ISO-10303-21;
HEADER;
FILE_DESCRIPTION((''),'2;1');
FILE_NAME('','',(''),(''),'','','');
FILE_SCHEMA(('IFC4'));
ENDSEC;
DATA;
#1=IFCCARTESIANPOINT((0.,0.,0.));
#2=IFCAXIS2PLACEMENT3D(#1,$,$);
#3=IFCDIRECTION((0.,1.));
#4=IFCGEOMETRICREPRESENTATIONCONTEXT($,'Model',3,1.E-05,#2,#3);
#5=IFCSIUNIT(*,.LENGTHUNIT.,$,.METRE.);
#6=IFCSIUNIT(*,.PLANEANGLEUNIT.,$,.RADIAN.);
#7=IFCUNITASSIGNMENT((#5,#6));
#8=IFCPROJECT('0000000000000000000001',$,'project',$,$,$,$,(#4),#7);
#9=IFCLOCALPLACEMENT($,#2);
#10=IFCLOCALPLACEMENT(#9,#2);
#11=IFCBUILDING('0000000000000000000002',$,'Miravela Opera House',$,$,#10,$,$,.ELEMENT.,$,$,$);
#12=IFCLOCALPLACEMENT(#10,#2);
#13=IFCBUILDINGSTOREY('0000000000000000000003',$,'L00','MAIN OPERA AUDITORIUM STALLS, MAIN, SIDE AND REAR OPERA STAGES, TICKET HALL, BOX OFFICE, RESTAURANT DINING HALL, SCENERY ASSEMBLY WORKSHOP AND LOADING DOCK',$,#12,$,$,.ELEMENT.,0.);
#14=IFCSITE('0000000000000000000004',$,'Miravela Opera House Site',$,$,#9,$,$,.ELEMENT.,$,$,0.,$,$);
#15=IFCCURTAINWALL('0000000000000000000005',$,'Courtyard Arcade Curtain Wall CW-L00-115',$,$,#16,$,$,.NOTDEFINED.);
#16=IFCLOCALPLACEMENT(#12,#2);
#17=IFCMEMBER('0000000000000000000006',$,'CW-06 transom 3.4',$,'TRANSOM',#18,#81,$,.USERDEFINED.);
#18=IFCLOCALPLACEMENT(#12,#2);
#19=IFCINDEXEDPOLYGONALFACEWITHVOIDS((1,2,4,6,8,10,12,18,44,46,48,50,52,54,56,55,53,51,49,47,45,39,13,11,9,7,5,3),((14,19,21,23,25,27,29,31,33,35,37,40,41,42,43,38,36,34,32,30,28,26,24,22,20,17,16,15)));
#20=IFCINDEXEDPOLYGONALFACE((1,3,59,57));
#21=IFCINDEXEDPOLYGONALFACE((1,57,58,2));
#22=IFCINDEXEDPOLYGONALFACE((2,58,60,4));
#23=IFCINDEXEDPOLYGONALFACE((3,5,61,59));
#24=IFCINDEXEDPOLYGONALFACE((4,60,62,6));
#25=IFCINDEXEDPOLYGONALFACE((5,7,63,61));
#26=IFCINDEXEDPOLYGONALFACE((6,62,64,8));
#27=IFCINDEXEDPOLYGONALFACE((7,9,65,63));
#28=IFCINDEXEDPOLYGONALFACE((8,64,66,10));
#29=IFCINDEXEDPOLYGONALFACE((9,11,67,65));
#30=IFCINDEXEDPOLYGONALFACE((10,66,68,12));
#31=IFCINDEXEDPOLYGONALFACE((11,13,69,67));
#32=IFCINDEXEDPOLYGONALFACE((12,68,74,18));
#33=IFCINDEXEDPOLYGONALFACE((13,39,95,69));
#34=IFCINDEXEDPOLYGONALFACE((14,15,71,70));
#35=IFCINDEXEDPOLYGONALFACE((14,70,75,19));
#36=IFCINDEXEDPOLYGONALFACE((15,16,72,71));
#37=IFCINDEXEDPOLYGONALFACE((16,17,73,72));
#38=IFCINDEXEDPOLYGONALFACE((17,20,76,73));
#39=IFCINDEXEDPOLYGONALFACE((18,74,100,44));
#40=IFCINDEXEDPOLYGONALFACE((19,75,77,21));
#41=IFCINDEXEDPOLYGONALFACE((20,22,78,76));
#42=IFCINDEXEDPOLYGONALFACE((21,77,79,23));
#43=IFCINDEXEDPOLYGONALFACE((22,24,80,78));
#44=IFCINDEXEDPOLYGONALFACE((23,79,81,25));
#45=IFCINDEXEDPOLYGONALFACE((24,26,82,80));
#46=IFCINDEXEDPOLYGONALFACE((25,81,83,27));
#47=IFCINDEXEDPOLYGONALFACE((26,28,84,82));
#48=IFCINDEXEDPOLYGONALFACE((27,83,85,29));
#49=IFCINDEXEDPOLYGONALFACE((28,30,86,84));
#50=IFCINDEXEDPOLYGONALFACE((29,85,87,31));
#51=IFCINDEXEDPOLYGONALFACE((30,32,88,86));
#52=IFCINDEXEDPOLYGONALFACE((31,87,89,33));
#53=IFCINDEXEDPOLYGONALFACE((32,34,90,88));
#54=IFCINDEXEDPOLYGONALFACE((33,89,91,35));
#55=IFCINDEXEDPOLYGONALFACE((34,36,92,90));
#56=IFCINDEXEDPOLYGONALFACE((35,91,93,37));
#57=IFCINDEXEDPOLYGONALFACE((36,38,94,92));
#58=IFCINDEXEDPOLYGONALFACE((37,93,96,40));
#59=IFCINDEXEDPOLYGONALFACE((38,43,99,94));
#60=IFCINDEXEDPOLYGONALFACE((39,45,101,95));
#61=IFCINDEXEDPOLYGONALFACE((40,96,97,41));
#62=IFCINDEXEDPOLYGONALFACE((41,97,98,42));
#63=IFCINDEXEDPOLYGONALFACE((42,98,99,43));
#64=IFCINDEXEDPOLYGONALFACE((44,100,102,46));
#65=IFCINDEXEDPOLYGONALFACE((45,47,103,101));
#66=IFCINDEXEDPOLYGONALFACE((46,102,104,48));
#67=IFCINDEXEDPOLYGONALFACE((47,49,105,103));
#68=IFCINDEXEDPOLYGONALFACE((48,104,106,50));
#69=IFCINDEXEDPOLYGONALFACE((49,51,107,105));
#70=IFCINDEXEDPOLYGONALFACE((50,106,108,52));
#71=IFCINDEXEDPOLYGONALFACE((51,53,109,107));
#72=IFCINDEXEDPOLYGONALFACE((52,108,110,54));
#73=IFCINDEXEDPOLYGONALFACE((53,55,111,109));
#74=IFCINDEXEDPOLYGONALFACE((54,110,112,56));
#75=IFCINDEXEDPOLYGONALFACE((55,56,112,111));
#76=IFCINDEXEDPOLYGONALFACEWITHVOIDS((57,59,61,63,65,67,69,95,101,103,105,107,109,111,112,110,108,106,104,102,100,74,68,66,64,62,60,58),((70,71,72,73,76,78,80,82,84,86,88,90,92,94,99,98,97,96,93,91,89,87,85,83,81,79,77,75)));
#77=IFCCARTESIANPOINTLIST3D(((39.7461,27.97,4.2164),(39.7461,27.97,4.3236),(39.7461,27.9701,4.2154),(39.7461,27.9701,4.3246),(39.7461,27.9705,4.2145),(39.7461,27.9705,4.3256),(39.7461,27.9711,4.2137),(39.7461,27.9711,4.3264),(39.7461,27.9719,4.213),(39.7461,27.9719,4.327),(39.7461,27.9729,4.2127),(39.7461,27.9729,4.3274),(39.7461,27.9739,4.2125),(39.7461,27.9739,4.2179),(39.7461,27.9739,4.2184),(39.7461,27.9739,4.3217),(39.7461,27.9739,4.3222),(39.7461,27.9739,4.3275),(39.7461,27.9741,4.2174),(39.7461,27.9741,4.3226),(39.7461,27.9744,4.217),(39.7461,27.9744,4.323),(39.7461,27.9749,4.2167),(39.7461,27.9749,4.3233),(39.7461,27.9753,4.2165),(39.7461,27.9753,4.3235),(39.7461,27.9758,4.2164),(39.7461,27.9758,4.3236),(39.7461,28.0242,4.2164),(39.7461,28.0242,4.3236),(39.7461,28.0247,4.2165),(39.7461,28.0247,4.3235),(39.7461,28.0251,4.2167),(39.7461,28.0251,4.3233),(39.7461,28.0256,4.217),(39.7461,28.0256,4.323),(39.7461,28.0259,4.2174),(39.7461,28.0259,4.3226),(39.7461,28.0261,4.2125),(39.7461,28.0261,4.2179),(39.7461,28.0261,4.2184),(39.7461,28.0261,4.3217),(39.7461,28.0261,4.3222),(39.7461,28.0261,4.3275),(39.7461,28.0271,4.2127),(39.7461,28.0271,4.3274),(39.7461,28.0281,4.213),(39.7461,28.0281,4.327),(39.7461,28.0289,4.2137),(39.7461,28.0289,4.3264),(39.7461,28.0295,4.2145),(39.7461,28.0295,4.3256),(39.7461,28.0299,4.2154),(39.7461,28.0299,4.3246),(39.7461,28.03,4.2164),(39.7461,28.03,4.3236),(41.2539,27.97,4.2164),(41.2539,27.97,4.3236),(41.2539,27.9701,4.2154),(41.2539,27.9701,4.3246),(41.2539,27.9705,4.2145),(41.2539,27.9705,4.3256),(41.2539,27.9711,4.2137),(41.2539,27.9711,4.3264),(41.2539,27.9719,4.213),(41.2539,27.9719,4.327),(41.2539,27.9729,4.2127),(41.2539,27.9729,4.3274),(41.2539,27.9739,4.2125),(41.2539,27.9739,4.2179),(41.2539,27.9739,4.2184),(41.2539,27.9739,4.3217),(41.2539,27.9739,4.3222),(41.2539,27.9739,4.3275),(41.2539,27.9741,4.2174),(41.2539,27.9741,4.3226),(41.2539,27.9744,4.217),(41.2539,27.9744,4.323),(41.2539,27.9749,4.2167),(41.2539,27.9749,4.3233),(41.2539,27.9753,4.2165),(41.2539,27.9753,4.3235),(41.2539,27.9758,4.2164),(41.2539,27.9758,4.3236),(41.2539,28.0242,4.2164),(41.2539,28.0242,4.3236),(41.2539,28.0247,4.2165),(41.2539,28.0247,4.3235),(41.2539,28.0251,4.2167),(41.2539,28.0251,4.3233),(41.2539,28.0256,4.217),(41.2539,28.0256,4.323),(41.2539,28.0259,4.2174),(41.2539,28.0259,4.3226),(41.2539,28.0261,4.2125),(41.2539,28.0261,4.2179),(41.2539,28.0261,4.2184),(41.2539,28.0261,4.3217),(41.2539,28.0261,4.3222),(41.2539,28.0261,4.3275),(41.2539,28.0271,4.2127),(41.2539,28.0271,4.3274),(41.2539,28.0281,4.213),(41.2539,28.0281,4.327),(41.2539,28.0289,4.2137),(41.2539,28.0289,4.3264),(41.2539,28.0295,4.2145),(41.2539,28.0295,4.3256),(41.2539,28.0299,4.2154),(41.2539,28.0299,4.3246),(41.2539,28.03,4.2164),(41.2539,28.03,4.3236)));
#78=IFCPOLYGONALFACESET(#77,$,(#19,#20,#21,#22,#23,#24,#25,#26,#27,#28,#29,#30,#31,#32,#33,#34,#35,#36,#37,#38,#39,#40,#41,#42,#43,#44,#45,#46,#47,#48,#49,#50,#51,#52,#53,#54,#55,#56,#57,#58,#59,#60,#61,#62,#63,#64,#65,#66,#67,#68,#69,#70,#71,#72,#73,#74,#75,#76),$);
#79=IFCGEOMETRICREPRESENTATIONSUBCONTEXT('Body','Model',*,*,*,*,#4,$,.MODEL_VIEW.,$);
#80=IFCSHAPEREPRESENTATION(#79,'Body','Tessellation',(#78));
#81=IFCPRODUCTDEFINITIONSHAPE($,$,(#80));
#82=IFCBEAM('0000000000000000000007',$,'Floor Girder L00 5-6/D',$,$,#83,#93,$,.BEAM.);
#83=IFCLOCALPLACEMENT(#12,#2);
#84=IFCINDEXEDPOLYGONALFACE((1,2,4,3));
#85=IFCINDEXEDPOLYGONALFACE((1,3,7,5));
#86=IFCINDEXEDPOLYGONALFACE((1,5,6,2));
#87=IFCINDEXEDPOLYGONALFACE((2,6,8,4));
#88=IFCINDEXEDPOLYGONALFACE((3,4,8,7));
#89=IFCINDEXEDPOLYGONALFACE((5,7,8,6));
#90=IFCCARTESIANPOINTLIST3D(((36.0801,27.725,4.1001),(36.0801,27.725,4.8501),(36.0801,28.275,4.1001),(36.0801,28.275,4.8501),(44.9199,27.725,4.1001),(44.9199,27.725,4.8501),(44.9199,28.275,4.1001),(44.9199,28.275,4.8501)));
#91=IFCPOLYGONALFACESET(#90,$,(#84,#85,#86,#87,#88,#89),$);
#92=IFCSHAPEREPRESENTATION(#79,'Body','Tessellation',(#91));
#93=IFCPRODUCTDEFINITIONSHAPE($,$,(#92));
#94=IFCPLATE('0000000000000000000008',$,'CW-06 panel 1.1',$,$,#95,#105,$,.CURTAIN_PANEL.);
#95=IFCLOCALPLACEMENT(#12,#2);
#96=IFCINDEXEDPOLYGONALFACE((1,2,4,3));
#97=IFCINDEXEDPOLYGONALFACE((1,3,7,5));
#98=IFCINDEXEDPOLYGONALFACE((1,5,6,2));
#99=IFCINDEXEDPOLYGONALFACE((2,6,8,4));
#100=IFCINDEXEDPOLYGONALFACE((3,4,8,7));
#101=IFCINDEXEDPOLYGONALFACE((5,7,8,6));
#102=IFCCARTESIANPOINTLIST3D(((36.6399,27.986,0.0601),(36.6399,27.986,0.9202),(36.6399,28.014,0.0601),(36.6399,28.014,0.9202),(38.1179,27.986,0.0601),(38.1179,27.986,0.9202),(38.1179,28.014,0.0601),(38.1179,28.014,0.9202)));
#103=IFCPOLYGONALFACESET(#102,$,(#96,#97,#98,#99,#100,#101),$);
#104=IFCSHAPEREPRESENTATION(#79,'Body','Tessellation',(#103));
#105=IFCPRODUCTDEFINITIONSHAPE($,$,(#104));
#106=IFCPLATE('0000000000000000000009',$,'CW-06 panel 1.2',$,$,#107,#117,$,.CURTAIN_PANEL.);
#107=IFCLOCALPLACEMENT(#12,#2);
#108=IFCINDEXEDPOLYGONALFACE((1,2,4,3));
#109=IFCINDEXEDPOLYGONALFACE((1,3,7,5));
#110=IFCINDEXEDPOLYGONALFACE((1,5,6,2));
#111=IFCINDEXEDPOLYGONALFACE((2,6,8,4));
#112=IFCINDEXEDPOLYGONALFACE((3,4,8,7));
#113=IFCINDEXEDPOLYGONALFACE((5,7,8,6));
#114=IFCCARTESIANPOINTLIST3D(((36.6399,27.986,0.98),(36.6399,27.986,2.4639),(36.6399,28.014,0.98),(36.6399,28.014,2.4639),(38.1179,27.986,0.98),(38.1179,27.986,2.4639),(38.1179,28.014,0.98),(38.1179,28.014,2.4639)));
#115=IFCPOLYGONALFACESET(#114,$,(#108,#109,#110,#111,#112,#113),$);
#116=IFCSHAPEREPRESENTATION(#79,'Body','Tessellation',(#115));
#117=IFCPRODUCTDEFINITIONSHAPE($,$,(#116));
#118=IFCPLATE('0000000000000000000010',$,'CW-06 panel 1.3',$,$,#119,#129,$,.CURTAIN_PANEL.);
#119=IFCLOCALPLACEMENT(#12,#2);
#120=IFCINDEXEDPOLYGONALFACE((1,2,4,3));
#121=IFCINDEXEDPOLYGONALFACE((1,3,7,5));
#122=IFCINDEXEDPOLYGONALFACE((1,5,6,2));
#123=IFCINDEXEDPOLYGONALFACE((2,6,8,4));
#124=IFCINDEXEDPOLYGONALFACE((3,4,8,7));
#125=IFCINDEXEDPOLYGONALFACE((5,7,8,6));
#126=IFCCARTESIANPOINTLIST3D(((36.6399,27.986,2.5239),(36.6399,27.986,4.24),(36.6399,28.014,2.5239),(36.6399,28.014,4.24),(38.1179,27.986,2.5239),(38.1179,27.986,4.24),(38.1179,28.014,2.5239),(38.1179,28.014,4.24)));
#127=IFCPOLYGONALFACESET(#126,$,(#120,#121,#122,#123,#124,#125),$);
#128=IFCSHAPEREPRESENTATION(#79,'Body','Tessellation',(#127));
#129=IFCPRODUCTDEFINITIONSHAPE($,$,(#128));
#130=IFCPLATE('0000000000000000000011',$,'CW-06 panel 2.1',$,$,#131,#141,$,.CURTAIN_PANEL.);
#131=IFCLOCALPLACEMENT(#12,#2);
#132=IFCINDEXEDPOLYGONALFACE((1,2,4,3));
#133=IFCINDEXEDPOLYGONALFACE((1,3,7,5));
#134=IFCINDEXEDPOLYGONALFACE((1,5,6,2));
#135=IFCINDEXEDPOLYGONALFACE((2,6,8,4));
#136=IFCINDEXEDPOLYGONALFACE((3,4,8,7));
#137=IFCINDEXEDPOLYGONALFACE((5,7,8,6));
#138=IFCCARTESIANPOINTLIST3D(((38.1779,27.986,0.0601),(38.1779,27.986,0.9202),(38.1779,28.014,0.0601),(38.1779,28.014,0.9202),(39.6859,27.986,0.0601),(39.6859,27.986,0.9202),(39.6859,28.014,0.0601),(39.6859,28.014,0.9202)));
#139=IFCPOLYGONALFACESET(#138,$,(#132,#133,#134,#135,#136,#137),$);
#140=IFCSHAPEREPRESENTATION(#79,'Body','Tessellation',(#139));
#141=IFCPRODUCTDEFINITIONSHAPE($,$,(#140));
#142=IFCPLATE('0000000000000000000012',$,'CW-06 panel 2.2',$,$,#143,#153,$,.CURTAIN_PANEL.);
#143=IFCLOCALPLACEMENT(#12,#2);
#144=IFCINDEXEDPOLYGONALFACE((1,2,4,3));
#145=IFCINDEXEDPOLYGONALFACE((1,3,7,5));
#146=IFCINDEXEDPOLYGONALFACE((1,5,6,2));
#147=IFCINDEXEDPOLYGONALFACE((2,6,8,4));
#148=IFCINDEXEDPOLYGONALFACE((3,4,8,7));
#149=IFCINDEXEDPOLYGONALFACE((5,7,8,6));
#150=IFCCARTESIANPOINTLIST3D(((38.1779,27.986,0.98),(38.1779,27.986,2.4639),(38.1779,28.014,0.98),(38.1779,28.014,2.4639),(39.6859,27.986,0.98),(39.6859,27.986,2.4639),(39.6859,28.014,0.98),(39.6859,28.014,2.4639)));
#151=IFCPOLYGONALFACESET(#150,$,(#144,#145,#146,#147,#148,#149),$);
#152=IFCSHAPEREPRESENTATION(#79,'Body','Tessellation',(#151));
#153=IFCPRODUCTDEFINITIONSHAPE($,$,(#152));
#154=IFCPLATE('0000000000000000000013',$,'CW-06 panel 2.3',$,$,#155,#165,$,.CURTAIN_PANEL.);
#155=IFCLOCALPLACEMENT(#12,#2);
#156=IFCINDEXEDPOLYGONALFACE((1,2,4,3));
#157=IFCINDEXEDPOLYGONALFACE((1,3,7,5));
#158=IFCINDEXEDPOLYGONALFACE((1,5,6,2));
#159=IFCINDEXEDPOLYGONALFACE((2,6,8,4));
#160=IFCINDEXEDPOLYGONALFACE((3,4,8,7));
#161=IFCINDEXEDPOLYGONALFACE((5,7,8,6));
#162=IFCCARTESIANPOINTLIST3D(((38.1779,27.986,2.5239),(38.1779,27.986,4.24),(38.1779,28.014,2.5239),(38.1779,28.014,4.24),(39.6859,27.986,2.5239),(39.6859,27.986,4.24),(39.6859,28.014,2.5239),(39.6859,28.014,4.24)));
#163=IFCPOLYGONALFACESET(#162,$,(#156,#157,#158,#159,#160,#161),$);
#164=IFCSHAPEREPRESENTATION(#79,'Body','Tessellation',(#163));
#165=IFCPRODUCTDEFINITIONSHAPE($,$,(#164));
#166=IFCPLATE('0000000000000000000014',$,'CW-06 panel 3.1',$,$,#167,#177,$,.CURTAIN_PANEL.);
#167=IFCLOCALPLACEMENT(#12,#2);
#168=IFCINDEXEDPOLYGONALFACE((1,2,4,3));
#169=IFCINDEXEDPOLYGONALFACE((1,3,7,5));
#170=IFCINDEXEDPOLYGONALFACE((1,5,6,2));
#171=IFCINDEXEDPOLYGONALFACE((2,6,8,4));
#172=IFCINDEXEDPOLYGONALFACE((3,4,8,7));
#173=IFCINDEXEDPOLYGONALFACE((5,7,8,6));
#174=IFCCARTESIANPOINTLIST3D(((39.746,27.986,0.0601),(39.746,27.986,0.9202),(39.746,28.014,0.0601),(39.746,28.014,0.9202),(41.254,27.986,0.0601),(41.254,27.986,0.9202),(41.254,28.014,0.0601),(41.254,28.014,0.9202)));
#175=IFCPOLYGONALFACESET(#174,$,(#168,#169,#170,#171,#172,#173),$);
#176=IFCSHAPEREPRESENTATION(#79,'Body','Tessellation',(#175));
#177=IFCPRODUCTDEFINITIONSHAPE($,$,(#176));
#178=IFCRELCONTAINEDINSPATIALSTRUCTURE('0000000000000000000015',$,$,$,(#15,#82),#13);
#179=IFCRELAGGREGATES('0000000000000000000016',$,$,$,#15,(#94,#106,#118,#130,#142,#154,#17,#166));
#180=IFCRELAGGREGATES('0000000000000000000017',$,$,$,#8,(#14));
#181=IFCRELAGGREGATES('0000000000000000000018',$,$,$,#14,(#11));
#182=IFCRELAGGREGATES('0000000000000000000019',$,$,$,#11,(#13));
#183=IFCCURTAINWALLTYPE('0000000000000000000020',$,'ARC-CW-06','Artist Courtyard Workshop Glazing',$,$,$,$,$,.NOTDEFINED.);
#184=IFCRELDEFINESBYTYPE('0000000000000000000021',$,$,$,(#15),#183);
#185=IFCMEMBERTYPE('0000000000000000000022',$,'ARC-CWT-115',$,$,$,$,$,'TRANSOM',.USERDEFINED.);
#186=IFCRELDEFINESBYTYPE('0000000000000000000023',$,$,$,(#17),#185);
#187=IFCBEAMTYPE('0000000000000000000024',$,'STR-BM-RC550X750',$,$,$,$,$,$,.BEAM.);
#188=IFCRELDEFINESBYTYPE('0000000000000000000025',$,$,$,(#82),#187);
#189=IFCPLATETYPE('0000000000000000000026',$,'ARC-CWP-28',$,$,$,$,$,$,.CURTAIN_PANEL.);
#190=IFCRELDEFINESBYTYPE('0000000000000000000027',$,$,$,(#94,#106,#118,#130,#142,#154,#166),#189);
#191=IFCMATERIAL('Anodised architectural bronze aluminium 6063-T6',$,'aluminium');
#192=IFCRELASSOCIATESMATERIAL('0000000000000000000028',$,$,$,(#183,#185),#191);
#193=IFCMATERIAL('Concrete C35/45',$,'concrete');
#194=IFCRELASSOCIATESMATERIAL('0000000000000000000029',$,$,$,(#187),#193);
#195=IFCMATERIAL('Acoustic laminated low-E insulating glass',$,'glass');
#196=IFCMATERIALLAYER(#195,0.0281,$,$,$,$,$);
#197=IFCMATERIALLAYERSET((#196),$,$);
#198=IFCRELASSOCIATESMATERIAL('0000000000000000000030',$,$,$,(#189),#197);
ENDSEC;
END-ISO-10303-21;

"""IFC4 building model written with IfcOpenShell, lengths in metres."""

from ifc_helpers import new_model, si_unit, direction, frame, origin, origin_2d, place, context, subcontext, project, spatial, rectangle, hollow_rectangle, extrude, material, layer, layer_set, material_profile, profile_set, type_object, element, aggregate, save


model = new_model("IFC4")

# Units and contexts
model_context = context("Model", 3, precision=1e-05, world=origin(), true_north=direction((0.0, 1.0)))
body_context = subcontext(model_context, "Body", "Model", "MODEL_VIEW")
ifc_project = project(units=[si_unit("LENGTHUNIT", "METRE"), si_unit("PLANEANGLEUNIT", "RADIAN")], contexts=[model_context])

# Site, building, storey
site_placement = place(None, origin())
site = spatial("IfcSite", under=ifc_project, at=site_placement, Name="Miravela Opera House Site", CompositionType="ELEMENT", RefElevation=0.0)
building_placement = place(site_placement, origin())
building = spatial("IfcBuilding", under=site, at=building_placement, Name="Miravela Opera House", CompositionType="ELEMENT")
storey_placement = place(building_placement, origin())
storey = spatial("IfcBuildingStorey", under=building, at=storey_placement, Name="L00", Description="MAIN OPERA AUDITORIUM STALLS, MAIN, SIDE AND REAR OPERA STAGES, TICKET HALL, BOX OFFICE, RESTAURANT DINING HALL, SCENERY ASSEMBLY WORKSHOP AND LOADING DOCK", CompositionType="ELEMENT", Elevation=0.0)

# Curtain wall, member
ifc_material_1 = material(Name="Anodised architectural bronze aluminium 6063-T6", Category="aluminium")
curtain_wall_type = type_object("IfcCurtainWallType", Name="ARC-CW-06", Description="Artist Courtyard Workshop Glazing", PredefinedType="NOTDEFINED", material=ifc_material_1)
curtain_wall_placement = place(storey_placement, origin())
curtain_wall = element("IfcCurtainWall", 1, at=curtain_wall_placement, inside=storey, type_object=curtain_wall_type, Name="Courtyard Arcade Curtain Wall CW-L00-115", PredefinedType="NOTDEFINED")
ifc_material_profile_1 = material_profile(ifc_material_1, hollow_rectangle(XDim=0.0601, YDim=0.115, WallThickness=0.0039, InnerFilletRadius=0.002, OuterFilletRadius=0.0039, at=origin_2d()), Name="CWT-60X115")
ifc_profile_set_1 = profile_set([ifc_material_profile_1])
member_type_1 = type_object("IfcMemberType", Name="ARC-CWT-115", ElementType="TRANSOM", PredefinedType="USERDEFINED", material=ifc_profile_set_1)
member_1_placement = place(storey_placement, frame((39.7461, 28.0, 4.27), z_axis=(1.0, 0.0, 0.0), x_axis=(0.0, 1.0, 0.0)))
member_1 = element("IfcMember", 2, at=member_1_placement, type_object=member_type_1, Name="CW-06 transom 3.4", ObjectType="TRANSOM", PredefinedType="USERDEFINED", context=body_context, shape_type="SweptSolid", body=[
    extrude(hollow_rectangle(XDim=0.0601, YDim=0.115, WallThickness=0.0039, InnerFilletRadius=0.002, OuterFilletRadius=0.0039, at=origin_2d()), origin(), (0.0, 0.0, 1.0), 1.5078),
])

# Beam
ifc_material_2 = material(Name="Concrete C35/45", Category="concrete")
ifc_material_profile_2 = material_profile(ifc_material_2, rectangle(XDim=0.55, YDim=0.75, at=origin_2d()), Name="RC-BM-550X750")
ifc_profile_set_2 = profile_set([ifc_material_profile_2])
beam_type = type_object("IfcBeamType", Name="STR-BM-RC550X750", PredefinedType="BEAM", material=ifc_profile_set_2)
beam_placement = place(storey_placement, frame((36.0801, 28.0, 4.4751), z_axis=(1.0, 0.0, 0.0), x_axis=(0.0, 1.0, 0.0)))
element("IfcBeam", 3, at=beam_placement, inside=storey, type_object=beam_type, Name="Floor Girder L00 5-6/D", PredefinedType="BEAM", context=body_context, shape_type="SweptSolid", body=[
    extrude(rectangle(XDim=0.55, YDim=0.75, at=origin_2d()), origin(), (0.0, 0.0, 1.0), 8.8398),
])

# Plates
ifc_material_3 = material(Name="Acoustic laminated low-E insulating glass", Category="glass")
ifc_layer = layer(ifc_material_3, 0.0281)
ifc_layer_set = layer_set([ifc_layer])
plate_type = type_object("IfcPlateType", Name="ARC-CWP-28", PredefinedType="CURTAIN_PANEL", material=ifc_layer_set)
plate_1_placement = place(storey_placement, frame((37.3789, 28.0, 0.0601), z_axis=(0.0, 0.0, 1.0), x_axis=(1.0, 0.0, 0.0)))
plate_1 = element("IfcPlate", 4, at=plate_1_placement, type_object=plate_type, Name="CW-06 panel 1.1", PredefinedType="CURTAIN_PANEL", context=body_context, shape_type="SweptSolid", body=[
    extrude(rectangle(XDim=1.478, YDim=0.0281, at=origin_2d()), origin(), (0.0, 0.0, 1.0), 0.8601),
])
plate_2_placement = place(storey_placement, frame((37.3789, 28.0, 0.98), z_axis=(0.0, 0.0, 1.0), x_axis=(1.0, 0.0, 0.0)))
plate_2 = element("IfcPlate", 5, at=plate_2_placement, type_object=plate_type, Name="CW-06 panel 1.2", PredefinedType="CURTAIN_PANEL", context=body_context, shape_type="SweptSolid", body=[
    extrude(rectangle(XDim=1.478, YDim=0.0281, at=origin_2d()), origin(), (0.0, 0.0, 1.0), 1.4839),
])
plate_3_placement = place(storey_placement, frame((37.3789, 28.0, 2.5239), z_axis=(0.0, 0.0, 1.0), x_axis=(1.0, 0.0, 0.0)))
plate_3 = element("IfcPlate", 6, at=plate_3_placement, type_object=plate_type, Name="CW-06 panel 1.3", PredefinedType="CURTAIN_PANEL", context=body_context, shape_type="SweptSolid", body=[
    extrude(rectangle(XDim=1.478, YDim=0.0281, at=origin_2d()), origin(), (0.0, 0.0, 1.0), 1.7161),
])
plate_4_placement = place(storey_placement, frame((38.9319, 28.0, 0.0601), z_axis=(0.0, 0.0, 1.0), x_axis=(1.0, 0.0, 0.0)))
plate_4 = element("IfcPlate", 7, at=plate_4_placement, type_object=plate_type, Name="CW-06 panel 2.1", PredefinedType="CURTAIN_PANEL", context=body_context, shape_type="SweptSolid", body=[
    extrude(rectangle(XDim=1.5081, YDim=0.0281, at=origin_2d()), origin(), (0.0, 0.0, 1.0), 0.8601),
])
plate_5_placement = place(storey_placement, frame((38.9319, 28.0, 0.98), z_axis=(0.0, 0.0, 1.0), x_axis=(1.0, 0.0, 0.0)))
plate_5 = element("IfcPlate", 8, at=plate_5_placement, type_object=plate_type, Name="CW-06 panel 2.2", PredefinedType="CURTAIN_PANEL", context=body_context, shape_type="SweptSolid", body=[
    extrude(rectangle(XDim=1.5081, YDim=0.0281, at=origin_2d()), origin(), (0.0, 0.0, 1.0), 1.4839),
])
plate_6_placement = place(storey_placement, frame((38.9319, 28.0, 2.5239), z_axis=(0.0, 0.0, 1.0), x_axis=(1.0, 0.0, 0.0)))
plate_6 = element("IfcPlate", 9, at=plate_6_placement, type_object=plate_type, Name="CW-06 panel 2.3", PredefinedType="CURTAIN_PANEL", context=body_context, shape_type="SweptSolid", body=[
    extrude(rectangle(XDim=1.5081, YDim=0.0281, at=origin_2d()), origin(), (0.0, 0.0, 1.0), 1.7161),
])
plate_7_placement = place(storey_placement, frame((40.5, 28.0, 0.0601), z_axis=(0.0, 0.0, 1.0), x_axis=(1.0, 0.0, 0.0)))
plate_7 = element("IfcPlate", 10, at=plate_7_placement, type_object=plate_type, Name="CW-06 panel 3.1", PredefinedType="CURTAIN_PANEL", context=body_context, shape_type="SweptSolid", body=[
    extrude(rectangle(XDim=1.5081, YDim=0.0281, at=origin_2d()), origin(), (0.0, 0.0, 1.0), 0.8601),
])
aggregate(curtain_wall, [plate_1, plate_2, plate_3, plate_4, plate_5, plate_6, member_1, plate_7])

save(model, "model.ifc")
